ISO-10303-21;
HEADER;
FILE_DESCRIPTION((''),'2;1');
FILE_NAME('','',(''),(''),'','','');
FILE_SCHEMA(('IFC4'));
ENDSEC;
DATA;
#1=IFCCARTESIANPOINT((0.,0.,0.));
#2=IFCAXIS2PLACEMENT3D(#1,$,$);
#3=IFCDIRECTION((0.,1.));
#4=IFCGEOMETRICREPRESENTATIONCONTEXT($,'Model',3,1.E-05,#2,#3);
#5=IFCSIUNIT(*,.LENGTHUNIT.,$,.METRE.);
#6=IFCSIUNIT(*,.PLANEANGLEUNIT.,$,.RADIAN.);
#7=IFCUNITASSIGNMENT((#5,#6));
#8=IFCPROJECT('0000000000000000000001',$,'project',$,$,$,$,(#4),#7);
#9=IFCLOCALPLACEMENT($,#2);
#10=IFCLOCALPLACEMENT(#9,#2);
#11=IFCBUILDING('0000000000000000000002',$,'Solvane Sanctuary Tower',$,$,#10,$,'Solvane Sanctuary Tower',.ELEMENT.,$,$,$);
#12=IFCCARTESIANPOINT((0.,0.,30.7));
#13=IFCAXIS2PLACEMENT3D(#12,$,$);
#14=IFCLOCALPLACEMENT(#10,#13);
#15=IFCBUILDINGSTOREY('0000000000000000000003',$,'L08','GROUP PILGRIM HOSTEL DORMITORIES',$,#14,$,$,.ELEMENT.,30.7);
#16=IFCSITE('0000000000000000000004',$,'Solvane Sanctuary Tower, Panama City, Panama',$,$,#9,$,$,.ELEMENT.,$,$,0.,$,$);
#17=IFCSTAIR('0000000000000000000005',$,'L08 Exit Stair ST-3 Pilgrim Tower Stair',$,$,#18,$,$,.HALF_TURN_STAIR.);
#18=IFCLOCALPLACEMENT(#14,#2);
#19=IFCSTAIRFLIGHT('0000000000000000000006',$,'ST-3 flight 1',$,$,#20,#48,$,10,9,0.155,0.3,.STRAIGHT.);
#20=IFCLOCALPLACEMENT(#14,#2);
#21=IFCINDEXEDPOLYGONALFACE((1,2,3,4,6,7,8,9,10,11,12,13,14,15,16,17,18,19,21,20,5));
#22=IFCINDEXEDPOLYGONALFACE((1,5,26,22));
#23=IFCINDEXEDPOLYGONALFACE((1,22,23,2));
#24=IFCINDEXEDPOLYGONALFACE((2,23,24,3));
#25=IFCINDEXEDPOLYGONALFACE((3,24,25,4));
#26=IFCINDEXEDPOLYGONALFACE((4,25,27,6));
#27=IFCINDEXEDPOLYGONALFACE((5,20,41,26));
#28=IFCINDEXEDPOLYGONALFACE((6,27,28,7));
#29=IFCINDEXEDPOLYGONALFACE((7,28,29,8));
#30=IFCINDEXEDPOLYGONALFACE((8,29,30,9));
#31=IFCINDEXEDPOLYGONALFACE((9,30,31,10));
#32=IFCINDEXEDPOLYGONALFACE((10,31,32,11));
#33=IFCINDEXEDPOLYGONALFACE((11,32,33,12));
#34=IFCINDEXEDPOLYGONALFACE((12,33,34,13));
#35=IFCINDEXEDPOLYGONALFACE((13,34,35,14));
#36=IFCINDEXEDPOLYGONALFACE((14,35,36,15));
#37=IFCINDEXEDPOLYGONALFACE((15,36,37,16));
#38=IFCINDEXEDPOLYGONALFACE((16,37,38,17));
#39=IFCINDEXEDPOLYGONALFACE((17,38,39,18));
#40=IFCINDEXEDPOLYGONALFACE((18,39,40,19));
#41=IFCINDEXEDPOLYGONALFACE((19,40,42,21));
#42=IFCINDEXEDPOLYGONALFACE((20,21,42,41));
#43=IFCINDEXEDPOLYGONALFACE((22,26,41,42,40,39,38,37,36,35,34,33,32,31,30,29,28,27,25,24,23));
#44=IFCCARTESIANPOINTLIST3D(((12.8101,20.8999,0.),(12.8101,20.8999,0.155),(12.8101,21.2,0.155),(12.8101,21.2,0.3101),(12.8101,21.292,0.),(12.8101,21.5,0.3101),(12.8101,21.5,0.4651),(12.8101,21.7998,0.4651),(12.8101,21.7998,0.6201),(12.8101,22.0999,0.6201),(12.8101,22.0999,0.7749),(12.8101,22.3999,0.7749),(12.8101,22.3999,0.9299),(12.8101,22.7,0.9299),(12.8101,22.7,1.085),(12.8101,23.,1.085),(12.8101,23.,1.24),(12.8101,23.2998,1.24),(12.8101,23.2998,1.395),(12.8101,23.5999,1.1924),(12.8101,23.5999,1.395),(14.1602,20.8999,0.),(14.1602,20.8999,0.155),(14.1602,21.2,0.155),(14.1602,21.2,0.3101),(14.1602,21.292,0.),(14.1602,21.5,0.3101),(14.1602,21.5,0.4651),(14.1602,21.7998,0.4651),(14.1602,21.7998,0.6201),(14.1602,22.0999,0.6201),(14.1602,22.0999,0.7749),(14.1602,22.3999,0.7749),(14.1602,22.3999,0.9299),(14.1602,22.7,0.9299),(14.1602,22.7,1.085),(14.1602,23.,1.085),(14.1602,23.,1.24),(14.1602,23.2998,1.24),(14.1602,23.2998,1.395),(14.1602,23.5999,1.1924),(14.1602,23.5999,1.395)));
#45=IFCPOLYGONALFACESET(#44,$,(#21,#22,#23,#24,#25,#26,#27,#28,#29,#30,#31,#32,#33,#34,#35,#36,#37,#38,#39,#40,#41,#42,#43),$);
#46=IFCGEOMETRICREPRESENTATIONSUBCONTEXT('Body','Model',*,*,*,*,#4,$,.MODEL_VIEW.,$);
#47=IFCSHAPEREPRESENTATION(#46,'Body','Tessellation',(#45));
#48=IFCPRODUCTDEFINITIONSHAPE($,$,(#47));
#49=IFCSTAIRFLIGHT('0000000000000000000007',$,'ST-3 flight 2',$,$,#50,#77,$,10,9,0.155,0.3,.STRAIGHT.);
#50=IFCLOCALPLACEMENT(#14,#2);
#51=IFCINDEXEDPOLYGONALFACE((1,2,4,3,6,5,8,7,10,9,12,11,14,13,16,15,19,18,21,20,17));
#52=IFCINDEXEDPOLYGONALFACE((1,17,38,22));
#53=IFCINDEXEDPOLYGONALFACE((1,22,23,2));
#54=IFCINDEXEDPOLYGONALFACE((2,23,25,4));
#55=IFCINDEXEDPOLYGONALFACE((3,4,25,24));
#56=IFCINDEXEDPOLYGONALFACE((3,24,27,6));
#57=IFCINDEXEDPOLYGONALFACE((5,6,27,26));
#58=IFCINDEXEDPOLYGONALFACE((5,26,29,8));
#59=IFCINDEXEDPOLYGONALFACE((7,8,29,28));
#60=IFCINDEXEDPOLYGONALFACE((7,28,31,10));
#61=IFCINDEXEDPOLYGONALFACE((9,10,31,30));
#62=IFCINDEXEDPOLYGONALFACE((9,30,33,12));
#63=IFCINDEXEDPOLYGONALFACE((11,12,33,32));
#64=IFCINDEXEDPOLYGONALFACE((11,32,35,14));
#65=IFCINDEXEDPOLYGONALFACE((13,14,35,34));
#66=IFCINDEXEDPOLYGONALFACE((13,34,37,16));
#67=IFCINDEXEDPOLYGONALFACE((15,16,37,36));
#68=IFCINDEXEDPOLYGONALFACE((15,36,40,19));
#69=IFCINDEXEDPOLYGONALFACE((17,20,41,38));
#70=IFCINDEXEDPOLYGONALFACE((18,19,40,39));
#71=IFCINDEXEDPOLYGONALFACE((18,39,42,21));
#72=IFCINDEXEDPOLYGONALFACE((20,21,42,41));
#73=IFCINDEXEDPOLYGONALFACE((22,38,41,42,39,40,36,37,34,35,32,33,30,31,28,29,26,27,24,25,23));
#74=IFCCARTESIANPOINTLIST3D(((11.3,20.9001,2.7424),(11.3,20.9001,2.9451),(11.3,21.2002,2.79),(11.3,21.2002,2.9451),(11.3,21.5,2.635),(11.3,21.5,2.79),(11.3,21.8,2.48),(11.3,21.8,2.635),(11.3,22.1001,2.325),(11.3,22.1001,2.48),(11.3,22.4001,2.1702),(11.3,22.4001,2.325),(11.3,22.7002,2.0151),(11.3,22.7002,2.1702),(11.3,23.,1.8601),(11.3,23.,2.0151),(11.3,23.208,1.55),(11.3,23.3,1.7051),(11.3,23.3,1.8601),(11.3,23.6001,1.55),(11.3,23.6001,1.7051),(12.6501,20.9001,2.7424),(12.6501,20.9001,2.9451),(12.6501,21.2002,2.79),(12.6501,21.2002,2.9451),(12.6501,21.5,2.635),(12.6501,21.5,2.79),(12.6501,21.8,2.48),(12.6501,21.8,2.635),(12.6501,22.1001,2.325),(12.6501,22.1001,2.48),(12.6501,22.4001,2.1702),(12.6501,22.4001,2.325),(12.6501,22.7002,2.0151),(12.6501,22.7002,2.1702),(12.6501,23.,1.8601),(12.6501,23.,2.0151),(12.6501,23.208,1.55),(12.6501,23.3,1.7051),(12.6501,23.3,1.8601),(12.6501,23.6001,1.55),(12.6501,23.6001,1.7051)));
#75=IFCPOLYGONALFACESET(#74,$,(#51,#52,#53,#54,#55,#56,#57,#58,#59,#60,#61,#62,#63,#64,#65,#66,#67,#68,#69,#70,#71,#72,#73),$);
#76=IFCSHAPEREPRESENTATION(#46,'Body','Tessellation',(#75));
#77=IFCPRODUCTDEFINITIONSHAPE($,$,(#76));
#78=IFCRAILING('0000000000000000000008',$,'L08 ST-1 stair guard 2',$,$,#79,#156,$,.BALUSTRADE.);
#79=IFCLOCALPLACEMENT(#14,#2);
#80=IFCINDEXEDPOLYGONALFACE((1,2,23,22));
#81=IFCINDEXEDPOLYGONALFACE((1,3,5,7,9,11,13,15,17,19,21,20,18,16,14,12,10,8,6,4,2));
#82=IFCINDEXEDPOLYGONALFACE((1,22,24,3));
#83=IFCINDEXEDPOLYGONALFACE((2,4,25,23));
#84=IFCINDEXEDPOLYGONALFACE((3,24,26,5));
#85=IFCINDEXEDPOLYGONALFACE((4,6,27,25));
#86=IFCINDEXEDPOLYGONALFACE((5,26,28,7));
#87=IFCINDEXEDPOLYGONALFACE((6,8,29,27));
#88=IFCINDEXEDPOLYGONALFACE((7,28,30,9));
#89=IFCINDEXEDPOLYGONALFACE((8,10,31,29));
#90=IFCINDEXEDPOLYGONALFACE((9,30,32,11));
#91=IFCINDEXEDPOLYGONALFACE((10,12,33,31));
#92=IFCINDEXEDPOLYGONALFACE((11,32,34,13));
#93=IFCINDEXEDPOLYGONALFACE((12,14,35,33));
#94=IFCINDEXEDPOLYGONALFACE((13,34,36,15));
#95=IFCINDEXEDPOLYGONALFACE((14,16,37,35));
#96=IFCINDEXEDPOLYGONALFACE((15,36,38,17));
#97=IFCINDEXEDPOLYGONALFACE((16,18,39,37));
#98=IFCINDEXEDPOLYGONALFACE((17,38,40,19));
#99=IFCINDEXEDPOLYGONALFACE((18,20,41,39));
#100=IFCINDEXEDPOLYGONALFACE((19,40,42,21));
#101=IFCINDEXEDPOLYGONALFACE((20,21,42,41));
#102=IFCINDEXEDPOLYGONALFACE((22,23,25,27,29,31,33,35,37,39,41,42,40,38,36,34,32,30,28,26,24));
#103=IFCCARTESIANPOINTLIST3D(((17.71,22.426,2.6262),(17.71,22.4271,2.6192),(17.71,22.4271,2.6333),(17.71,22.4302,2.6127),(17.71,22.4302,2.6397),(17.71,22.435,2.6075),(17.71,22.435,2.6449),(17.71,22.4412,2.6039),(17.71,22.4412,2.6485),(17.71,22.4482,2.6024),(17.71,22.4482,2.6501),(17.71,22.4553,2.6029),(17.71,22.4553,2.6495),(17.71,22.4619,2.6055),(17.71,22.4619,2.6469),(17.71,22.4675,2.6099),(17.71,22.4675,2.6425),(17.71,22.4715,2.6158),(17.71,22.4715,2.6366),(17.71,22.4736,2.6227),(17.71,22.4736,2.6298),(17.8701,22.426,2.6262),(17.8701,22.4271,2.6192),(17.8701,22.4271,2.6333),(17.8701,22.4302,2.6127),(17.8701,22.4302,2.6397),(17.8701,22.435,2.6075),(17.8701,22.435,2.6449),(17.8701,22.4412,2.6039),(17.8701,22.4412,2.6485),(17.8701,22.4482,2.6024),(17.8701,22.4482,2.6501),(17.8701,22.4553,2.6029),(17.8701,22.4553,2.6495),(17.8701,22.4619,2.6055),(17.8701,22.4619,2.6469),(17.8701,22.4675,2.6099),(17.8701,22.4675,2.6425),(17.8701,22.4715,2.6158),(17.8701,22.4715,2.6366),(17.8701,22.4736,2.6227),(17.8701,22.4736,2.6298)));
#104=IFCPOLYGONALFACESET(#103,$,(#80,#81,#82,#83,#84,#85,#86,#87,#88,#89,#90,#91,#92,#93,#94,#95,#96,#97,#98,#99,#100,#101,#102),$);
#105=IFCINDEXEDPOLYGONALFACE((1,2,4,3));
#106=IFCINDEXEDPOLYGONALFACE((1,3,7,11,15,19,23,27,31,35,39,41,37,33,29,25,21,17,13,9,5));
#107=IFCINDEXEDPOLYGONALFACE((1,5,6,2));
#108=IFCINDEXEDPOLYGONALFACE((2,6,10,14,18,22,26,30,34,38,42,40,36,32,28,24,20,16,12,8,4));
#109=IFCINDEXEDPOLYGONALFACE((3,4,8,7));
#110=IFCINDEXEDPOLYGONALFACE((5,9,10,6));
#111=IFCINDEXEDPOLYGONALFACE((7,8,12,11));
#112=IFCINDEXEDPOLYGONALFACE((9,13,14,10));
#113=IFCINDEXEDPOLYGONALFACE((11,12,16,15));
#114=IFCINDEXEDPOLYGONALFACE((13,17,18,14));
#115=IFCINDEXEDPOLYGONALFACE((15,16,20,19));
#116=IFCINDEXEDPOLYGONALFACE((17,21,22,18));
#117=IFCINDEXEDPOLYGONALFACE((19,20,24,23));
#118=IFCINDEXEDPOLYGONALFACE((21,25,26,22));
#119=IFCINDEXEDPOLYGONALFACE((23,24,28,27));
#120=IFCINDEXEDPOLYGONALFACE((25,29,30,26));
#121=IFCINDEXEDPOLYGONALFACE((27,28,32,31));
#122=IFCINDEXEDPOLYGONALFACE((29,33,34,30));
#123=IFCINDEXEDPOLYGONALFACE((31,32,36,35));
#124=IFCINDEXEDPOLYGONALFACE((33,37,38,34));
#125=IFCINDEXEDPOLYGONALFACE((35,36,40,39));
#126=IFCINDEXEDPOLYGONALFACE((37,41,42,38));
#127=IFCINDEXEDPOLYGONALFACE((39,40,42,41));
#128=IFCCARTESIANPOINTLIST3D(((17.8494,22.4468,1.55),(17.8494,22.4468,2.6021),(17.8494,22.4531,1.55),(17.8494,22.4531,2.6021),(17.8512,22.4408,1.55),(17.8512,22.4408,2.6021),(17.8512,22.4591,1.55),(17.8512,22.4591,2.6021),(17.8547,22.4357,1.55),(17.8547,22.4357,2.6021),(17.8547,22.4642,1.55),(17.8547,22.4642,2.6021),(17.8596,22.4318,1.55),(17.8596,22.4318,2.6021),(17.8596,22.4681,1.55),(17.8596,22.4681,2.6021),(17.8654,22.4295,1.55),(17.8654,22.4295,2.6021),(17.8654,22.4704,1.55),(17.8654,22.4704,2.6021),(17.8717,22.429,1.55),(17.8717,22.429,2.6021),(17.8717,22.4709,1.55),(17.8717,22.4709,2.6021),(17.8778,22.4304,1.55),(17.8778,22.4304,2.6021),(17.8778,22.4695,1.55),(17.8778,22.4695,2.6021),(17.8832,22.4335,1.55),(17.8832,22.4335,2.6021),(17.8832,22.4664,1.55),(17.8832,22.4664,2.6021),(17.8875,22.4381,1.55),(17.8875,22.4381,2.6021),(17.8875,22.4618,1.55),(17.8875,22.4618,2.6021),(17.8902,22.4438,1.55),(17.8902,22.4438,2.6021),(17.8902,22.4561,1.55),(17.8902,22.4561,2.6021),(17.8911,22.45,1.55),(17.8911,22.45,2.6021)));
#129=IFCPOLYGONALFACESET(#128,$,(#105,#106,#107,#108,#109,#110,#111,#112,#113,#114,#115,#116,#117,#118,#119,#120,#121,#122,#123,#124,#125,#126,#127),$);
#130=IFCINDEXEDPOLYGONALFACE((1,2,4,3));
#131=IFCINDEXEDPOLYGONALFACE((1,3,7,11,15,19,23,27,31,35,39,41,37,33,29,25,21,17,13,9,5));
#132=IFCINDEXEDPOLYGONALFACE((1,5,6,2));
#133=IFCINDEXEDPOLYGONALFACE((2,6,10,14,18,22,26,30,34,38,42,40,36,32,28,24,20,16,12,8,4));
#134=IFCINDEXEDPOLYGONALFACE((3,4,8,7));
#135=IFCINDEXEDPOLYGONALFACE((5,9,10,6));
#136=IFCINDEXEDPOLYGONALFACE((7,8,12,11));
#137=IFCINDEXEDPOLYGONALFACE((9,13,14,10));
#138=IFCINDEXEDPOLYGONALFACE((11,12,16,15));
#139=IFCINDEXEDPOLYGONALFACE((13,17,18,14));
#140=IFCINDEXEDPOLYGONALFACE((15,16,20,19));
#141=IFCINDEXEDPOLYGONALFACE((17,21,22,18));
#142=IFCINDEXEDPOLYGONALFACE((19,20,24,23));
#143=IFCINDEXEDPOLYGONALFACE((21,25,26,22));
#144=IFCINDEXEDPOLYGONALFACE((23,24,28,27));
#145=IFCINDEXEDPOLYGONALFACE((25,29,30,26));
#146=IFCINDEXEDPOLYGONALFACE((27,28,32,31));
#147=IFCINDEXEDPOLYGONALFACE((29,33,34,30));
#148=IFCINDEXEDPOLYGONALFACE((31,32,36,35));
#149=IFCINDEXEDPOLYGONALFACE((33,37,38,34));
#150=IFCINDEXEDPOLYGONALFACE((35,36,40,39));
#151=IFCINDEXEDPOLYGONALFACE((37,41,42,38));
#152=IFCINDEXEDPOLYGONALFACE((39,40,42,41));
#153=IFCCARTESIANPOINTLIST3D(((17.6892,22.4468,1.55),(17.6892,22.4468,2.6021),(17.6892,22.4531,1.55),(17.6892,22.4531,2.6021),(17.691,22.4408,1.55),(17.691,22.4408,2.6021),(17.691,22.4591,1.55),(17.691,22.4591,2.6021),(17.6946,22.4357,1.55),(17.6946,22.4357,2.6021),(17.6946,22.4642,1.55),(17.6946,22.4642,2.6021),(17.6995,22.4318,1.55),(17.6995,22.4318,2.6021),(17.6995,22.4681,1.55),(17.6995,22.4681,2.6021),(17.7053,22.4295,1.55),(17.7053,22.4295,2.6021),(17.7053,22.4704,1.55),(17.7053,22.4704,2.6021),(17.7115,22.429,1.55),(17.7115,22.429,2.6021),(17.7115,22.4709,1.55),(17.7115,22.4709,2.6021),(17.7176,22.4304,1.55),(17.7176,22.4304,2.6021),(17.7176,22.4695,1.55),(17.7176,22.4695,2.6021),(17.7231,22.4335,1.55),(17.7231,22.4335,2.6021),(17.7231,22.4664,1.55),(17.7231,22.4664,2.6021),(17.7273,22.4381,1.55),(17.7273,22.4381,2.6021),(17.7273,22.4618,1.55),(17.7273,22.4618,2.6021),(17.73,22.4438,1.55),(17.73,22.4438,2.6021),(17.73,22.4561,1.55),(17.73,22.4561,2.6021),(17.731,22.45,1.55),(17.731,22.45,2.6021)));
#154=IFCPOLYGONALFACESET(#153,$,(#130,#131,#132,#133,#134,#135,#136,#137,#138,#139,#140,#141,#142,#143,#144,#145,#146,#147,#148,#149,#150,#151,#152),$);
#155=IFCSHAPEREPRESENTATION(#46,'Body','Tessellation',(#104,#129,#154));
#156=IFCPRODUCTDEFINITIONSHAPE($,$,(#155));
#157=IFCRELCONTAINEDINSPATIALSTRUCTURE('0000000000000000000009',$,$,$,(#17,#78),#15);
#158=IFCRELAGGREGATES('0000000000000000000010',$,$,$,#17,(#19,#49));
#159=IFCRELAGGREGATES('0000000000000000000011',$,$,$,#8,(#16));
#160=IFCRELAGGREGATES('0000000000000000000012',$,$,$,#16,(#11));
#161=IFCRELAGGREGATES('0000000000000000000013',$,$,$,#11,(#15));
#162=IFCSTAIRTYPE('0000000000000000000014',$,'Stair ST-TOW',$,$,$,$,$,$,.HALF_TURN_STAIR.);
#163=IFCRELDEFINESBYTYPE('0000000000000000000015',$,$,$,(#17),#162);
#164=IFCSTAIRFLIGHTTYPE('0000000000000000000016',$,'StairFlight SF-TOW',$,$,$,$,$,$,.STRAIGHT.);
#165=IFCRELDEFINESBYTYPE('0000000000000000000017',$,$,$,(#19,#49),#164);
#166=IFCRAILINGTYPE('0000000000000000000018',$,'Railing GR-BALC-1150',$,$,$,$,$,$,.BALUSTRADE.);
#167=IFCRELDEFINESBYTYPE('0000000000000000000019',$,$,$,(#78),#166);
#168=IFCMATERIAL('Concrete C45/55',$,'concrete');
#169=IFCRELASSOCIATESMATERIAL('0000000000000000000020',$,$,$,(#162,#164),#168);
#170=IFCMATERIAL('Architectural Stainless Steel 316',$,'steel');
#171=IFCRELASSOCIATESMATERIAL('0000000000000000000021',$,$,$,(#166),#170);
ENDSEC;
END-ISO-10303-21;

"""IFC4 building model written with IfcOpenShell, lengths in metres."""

from ifc_helpers import new_model, si_unit, direction, frame, origin, origin_2d, place, context, subcontext, project, spatial, polyline, circle, outline, extrude, material, type_object, element, aggregate, save


model = new_model("IFC4")

# Units and contexts
model_context = context("Model", 3, precision=1e-05, world=origin(), true_north=direction((0.0, 1.0)))
body_context = subcontext(model_context, "Body", "Model", "MODEL_VIEW")
ifc_project = project(units=[si_unit("LENGTHUNIT", "METRE"), si_unit("PLANEANGLEUNIT", "RADIAN")], contexts=[model_context])

# Site, building, storey
site_placement = place(None, origin())
site = spatial("IfcSite", under=ifc_project, at=site_placement, Name="Solvane Sanctuary Tower, Panama City, Panama", CompositionType="ELEMENT", RefElevation=0.0)
building_placement = place(site_placement, origin())
building = spatial("IfcBuilding", under=site, at=building_placement, Name="Solvane Sanctuary Tower", LongName="Solvane Sanctuary Tower", CompositionType="ELEMENT")
storey_placement = place(building_placement, frame((0.0, 0.0, 30.7)))
storey = spatial("IfcBuildingStorey", under=building, at=storey_placement, Name="L08", Description="GROUP PILGRIM HOSTEL DORMITORIES", CompositionType="ELEMENT", Elevation=30.7)

# Shared definitions
ifc_material_1 = material(Name="Concrete C45/55", Category="concrete")
stair_type = type_object("IfcStairType", Name="Stair ST-TOW", PredefinedType="HALF_TURN_STAIR", material=ifc_material_1)
stair_flight_type = type_object("IfcStairFlightType", Name="StairFlight SF-TOW", PredefinedType="STRAIGHT", material=ifc_material_1)

# Stair, stair flights
stair_1_placement = place(storey_placement, origin())
stair_1 = element("IfcStair", 1, at=stair_1_placement, inside=storey, type_object=stair_type, Name="L08 Exit Stair ST-3 Pilgrim Tower Stair", PredefinedType="HALF_TURN_STAIR")
stair_flight_1_placement = place(storey_placement, frame((13.4851, 20.8999, 0.0), z_axis=(0.0, 0.0, 1.0), x_axis=(0.0, 1.0, 0.0)))
stair_flight_1 = element("IfcStairFlight", 2, at=stair_flight_1_placement, type_object=stair_flight_type, Name="ST-3 flight 1", NumberOfRisers=10, NumberOfTreads=9, PredefinedType="STRAIGHT", RiserHeight=0.155, TreadLength=0.3, context=body_context, shape_type="SweptSolid", body=[
    extrude(outline(polyline([(0.0, 0.0), (0.0, 0.155), (0.3, 0.155), (0.3, 0.3101), (0.6001, 0.3101), (0.6001, 0.4651), (0.8999, 0.4651), (0.8999, 0.6201), (1.2, 0.6201), (1.2, 0.7749), (1.5, 0.7749), (1.5, 0.9299), (1.8, 0.9299), (1.8, 1.085), (2.1001, 1.085), (2.1001, 1.24), (2.3999, 1.24), (2.3999, 1.395), (2.7, 1.395), (2.7, 1.55), (2.7, 1.1924), (0.3921, 0.0), (0.0, 0.0)])), frame((0.0, 0.675, 0.0), z_axis=(0.0, -1.0, 0.0), x_axis=(1.0, 0.0, 0.0)), (0.0, 0.0, 1.0), 1.3501),
])
stair_flight_2_placement = place(storey_placement, frame((11.9751, 23.6001, 1.55), z_axis=(0.0, 0.0, 1.0), x_axis=(0.0, -1.0, 0.0)))
stair_flight_2 = element("IfcStairFlight", 3, at=stair_flight_2_placement, type_object=stair_flight_type, Name="ST-3 flight 2", NumberOfRisers=10, NumberOfTreads=9, PredefinedType="STRAIGHT", RiserHeight=0.155, TreadLength=0.3, context=body_context, shape_type="SweptSolid", body=[
    extrude(outline(polyline([(0.0, 0.0), (0.0, 0.155), (0.3, 0.155), (0.3, 0.3101), (0.6001, 0.3101), (0.6001, 0.4651), (0.8999, 0.4651), (0.8999, 0.6201), (1.2, 0.6201), (1.2, 0.7749), (1.5, 0.7749), (1.5, 0.9299), (1.8, 0.9299), (1.8, 1.085), (2.1001, 1.085), (2.1001, 1.24), (2.3999, 1.24), (2.3999, 1.395), (2.7, 1.395), (2.7, 1.55), (2.7, 1.1924), (0.3921, 0.0), (0.0, 0.0)])), frame((0.0, 0.675, 0.0), z_axis=(0.0, -1.0, 0.0), x_axis=(1.0, 0.0, 0.0)), (0.0, 0.0, 1.0), 1.3501),
])
aggregate(stair_1, [stair_flight_1, stair_flight_2])

# Railing
ifc_material_2 = material(Name="Architectural Stainless Steel 316", Category="steel")
railing_type_1 = type_object("IfcRailingType", Name="Railing GR-BALC-1150", PredefinedType="BALUSTRADE", material=ifc_material_2)
railing_1_placement = place(storey_placement, frame((17.8701, 22.45, 1.55)))
element("IfcRailing", 4, at=railing_1_placement, inside=storey, type_object=railing_type_1, Name="L08 ST-1 stair guard 2", PredefinedType="BALUSTRADE", context=body_context, shape_type="SweptSolid", body=[
    extrude(circle(Radius=0.0239, at=origin_2d()), frame((0.0, 0.0, 1.0762), z_axis=(-1.0, 0.0, 0.0), x_axis=(0.0, -1.0, 0.0)), (0.0, 0.0, 1.0), 0.1602),
    extrude(circle(Radius=0.021, at=origin_2d()), origin(), (0.0, 0.0, 1.0), 1.052),
    extrude(circle(Radius=0.021, at=origin_2d()), frame((-0.1602, 0.0, 0.0)), (0.0, 0.0, 1.0), 1.052),
])

save(model, "model.ifc")
